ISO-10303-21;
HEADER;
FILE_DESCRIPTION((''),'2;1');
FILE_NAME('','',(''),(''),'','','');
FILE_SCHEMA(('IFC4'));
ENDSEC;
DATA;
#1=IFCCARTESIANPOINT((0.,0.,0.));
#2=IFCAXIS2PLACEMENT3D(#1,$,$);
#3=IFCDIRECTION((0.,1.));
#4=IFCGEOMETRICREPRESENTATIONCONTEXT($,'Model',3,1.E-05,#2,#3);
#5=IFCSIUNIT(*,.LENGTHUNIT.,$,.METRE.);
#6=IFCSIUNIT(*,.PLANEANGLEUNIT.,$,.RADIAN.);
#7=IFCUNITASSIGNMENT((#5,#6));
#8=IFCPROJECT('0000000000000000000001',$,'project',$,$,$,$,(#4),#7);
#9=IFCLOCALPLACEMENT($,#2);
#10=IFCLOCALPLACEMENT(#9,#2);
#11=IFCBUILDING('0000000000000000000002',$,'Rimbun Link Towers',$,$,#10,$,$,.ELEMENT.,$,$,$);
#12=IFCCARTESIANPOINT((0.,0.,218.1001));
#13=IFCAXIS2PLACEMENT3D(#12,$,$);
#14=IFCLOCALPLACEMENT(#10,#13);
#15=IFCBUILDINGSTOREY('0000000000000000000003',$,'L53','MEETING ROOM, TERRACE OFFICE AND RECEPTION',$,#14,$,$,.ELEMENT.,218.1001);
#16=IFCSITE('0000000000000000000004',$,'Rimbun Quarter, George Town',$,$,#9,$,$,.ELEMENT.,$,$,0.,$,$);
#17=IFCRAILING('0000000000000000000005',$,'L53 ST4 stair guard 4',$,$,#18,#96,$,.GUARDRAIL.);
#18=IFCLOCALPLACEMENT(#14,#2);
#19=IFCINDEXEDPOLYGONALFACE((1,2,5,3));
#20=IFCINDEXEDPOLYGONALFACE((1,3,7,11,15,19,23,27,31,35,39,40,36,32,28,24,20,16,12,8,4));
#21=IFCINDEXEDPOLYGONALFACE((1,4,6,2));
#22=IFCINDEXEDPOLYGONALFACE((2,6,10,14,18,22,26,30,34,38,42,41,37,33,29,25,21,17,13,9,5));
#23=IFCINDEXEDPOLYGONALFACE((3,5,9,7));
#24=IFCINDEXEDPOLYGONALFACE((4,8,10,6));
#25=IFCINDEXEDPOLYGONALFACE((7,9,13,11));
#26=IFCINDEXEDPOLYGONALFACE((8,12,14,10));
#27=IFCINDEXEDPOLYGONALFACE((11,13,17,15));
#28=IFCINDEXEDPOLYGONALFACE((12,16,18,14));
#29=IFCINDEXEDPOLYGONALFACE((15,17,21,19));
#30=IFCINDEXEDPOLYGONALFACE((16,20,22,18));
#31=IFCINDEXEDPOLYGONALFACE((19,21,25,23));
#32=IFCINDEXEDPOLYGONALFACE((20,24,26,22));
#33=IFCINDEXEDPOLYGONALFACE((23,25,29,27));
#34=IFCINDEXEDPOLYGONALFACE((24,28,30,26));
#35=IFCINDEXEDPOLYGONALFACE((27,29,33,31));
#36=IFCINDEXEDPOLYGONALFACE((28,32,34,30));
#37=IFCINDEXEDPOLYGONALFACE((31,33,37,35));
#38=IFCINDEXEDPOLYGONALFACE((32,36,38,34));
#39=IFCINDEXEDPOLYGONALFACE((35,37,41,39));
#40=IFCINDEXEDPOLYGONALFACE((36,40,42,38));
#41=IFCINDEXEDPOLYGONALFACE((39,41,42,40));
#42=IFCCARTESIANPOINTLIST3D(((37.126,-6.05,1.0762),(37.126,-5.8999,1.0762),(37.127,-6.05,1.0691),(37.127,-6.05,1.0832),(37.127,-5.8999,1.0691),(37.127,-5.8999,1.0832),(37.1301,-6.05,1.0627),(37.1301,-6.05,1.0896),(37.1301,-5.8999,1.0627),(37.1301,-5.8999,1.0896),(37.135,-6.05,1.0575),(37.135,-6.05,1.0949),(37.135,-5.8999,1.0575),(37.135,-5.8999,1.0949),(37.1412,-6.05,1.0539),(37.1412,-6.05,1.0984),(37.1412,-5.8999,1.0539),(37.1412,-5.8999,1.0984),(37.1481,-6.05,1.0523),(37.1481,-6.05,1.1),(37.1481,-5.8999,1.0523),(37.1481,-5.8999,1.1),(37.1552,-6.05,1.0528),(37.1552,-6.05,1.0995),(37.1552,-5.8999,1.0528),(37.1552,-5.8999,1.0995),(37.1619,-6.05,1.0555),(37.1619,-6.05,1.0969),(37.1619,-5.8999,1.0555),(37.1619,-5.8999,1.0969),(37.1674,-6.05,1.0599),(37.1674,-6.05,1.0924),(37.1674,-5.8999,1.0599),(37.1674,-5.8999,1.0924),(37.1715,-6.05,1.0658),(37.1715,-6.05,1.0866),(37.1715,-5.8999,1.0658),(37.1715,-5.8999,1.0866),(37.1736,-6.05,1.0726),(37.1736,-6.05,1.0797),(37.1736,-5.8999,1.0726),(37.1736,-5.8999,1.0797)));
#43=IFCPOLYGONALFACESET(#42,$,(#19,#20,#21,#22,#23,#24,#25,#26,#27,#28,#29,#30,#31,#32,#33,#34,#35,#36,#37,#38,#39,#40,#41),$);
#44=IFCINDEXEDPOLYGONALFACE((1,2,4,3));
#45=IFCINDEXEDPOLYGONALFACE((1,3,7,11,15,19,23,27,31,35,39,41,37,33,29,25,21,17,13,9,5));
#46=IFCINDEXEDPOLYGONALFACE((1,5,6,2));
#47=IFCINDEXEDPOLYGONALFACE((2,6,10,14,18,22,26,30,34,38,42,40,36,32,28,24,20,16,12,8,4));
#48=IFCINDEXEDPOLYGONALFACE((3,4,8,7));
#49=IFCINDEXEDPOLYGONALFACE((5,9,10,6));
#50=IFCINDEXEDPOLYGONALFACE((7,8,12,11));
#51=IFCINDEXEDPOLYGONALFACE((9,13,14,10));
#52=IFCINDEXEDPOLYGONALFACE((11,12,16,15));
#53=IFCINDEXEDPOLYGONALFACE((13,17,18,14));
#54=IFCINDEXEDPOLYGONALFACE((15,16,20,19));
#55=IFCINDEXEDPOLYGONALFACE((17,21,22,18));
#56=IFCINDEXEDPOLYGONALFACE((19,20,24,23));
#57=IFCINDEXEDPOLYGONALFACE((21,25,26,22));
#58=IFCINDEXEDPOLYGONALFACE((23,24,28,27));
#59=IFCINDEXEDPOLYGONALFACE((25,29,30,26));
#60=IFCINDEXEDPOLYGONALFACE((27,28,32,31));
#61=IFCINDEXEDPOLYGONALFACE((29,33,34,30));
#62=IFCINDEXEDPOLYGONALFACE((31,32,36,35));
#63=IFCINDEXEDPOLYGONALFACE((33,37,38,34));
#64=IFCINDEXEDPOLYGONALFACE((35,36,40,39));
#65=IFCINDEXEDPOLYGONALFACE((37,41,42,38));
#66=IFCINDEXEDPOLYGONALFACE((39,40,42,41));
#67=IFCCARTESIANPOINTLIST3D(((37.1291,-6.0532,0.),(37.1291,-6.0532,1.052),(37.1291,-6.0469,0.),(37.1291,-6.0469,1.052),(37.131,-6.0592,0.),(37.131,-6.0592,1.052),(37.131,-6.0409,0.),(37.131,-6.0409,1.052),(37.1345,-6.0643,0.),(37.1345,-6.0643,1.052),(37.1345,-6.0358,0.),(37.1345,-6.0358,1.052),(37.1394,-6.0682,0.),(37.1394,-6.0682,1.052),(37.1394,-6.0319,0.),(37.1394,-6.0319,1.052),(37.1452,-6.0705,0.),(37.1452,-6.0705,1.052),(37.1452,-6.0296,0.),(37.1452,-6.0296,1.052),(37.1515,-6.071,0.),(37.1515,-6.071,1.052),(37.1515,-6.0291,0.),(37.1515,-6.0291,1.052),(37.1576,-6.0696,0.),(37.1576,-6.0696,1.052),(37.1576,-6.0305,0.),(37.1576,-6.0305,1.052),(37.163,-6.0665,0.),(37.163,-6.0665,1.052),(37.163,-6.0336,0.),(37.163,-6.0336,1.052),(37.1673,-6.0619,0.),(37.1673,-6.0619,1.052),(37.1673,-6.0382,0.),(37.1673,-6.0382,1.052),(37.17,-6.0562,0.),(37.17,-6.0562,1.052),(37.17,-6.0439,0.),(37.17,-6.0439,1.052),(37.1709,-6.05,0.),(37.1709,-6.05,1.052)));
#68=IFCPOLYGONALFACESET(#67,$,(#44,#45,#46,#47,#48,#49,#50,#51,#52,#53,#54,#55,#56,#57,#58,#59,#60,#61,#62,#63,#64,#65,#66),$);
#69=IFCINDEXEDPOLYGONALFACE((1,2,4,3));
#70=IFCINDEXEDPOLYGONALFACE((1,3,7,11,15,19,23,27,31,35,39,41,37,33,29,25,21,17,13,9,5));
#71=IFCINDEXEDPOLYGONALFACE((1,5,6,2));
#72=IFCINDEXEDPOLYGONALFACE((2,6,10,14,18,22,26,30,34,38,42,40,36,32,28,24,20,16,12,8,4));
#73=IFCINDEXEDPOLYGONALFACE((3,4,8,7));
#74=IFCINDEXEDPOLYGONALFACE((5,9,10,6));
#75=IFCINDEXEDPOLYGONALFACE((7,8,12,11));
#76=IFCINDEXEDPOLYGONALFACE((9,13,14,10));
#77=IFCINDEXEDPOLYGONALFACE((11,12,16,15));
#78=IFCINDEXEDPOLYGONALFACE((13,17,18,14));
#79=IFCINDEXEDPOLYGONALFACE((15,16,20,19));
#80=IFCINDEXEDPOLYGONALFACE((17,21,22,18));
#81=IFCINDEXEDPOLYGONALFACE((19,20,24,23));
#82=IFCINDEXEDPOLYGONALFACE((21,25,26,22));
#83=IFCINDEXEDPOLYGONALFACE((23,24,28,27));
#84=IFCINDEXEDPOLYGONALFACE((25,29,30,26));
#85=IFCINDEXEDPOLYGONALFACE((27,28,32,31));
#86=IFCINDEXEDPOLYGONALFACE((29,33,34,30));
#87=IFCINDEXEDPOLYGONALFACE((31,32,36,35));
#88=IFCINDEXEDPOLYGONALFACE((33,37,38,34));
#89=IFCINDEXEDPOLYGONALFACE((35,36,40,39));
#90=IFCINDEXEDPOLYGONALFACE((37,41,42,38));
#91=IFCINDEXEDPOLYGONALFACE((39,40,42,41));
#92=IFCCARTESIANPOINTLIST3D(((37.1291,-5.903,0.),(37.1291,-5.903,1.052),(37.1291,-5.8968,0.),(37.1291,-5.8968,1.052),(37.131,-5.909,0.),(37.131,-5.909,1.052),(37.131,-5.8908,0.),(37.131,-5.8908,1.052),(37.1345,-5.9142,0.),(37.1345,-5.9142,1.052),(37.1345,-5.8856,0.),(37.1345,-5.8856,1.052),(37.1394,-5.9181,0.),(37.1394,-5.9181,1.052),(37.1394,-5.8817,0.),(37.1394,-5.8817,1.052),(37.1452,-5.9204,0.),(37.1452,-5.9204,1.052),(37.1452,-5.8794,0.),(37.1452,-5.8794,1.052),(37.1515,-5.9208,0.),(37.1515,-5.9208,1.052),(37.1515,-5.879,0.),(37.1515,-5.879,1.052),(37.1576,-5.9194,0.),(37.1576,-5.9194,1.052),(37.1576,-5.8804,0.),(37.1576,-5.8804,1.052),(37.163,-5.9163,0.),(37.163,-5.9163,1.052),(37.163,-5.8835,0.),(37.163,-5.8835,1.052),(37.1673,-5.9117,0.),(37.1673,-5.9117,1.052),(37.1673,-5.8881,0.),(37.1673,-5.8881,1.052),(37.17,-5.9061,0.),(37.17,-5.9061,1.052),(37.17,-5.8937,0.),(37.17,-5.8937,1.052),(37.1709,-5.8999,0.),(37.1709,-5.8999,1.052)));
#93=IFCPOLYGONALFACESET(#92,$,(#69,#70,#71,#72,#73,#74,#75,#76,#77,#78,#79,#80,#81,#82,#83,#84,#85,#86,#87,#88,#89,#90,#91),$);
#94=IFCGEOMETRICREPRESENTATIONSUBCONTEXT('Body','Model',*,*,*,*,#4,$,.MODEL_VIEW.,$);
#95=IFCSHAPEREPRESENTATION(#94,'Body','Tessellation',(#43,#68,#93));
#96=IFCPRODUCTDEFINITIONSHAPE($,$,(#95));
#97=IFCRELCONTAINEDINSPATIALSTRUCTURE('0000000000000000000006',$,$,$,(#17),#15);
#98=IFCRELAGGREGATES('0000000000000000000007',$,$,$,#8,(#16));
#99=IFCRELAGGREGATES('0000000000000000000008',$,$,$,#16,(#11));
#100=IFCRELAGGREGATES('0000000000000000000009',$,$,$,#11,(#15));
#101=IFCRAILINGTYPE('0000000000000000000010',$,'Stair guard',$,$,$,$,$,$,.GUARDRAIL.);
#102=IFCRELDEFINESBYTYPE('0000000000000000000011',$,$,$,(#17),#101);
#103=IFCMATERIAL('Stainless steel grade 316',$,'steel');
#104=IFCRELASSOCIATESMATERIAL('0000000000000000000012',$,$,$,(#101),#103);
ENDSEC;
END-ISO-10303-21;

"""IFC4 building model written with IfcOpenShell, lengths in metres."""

from ifc_helpers import new_model, si_unit, direction, frame, origin, origin_2d, place, context, subcontext, project, spatial, circle, extrude, material, type_object, element, save


model = new_model("IFC4")

# Units and contexts
model_context = context("Model", 3, precision=1e-05, world=origin(), true_north=direction((0.0, 1.0)))
body_context = subcontext(model_context, "Body", "Model", "MODEL_VIEW")
ifc_project = project(units=[si_unit("LENGTHUNIT", "METRE"), si_unit("PLANEANGLEUNIT", "RADIAN")], contexts=[model_context])

# Site, building, storey
site_placement = place(None, origin())
site = spatial("IfcSite", under=ifc_project, at=site_placement, Name="Rimbun Quarter, George Town", CompositionType="ELEMENT", RefElevation=0.0)
building_placement = place(site_placement, origin())
building = spatial("IfcBuilding", under=site, at=building_placement, Name="Rimbun Link Towers", CompositionType="ELEMENT")
storey_placement = place(building_placement, frame((0.0, 0.0, 218.1001)))
storey = spatial("IfcBuildingStorey", under=building, at=storey_placement, Name="L53", Description="MEETING ROOM, TERRACE OFFICE AND RECEPTION", CompositionType="ELEMENT", Elevation=218.1001)

# Railing
ifc_material_1 = material(Name="Stainless steel grade 316", Category="steel")
railing_type_1 = type_object("IfcRailingType", Name="Stair guard", PredefinedType="GUARDRAIL", material=ifc_material_1)
railing_1_placement = place(storey_placement, frame((37.1499, -6.05, 0.0)))
element("IfcRailing", 1, at=railing_1_placement, inside=storey, type_object=railing_type_1, Name="L53 ST4 stair guard 4", PredefinedType="GUARDRAIL", context=body_context, shape_type="SweptSolid", body=[
    extrude(circle(Radius=0.0239, at=origin_2d()), frame((0.0, 0.0, 1.0762), z_axis=(0.0, 1.0, 0.0), x_axis=(-1.0, 0.0, 0.0)), (0.0, 0.0, 1.0), 0.1501),
    extrude(circle(Radius=0.021, at=origin_2d()), origin(), (0.0, 0.0, 1.0), 1.052),
    extrude(circle(Radius=0.021, at=origin_2d()), frame((0.0, 0.1501, 0.0)), (0.0, 0.0, 1.0), 1.052),
])

save(model, "model.ifc")
